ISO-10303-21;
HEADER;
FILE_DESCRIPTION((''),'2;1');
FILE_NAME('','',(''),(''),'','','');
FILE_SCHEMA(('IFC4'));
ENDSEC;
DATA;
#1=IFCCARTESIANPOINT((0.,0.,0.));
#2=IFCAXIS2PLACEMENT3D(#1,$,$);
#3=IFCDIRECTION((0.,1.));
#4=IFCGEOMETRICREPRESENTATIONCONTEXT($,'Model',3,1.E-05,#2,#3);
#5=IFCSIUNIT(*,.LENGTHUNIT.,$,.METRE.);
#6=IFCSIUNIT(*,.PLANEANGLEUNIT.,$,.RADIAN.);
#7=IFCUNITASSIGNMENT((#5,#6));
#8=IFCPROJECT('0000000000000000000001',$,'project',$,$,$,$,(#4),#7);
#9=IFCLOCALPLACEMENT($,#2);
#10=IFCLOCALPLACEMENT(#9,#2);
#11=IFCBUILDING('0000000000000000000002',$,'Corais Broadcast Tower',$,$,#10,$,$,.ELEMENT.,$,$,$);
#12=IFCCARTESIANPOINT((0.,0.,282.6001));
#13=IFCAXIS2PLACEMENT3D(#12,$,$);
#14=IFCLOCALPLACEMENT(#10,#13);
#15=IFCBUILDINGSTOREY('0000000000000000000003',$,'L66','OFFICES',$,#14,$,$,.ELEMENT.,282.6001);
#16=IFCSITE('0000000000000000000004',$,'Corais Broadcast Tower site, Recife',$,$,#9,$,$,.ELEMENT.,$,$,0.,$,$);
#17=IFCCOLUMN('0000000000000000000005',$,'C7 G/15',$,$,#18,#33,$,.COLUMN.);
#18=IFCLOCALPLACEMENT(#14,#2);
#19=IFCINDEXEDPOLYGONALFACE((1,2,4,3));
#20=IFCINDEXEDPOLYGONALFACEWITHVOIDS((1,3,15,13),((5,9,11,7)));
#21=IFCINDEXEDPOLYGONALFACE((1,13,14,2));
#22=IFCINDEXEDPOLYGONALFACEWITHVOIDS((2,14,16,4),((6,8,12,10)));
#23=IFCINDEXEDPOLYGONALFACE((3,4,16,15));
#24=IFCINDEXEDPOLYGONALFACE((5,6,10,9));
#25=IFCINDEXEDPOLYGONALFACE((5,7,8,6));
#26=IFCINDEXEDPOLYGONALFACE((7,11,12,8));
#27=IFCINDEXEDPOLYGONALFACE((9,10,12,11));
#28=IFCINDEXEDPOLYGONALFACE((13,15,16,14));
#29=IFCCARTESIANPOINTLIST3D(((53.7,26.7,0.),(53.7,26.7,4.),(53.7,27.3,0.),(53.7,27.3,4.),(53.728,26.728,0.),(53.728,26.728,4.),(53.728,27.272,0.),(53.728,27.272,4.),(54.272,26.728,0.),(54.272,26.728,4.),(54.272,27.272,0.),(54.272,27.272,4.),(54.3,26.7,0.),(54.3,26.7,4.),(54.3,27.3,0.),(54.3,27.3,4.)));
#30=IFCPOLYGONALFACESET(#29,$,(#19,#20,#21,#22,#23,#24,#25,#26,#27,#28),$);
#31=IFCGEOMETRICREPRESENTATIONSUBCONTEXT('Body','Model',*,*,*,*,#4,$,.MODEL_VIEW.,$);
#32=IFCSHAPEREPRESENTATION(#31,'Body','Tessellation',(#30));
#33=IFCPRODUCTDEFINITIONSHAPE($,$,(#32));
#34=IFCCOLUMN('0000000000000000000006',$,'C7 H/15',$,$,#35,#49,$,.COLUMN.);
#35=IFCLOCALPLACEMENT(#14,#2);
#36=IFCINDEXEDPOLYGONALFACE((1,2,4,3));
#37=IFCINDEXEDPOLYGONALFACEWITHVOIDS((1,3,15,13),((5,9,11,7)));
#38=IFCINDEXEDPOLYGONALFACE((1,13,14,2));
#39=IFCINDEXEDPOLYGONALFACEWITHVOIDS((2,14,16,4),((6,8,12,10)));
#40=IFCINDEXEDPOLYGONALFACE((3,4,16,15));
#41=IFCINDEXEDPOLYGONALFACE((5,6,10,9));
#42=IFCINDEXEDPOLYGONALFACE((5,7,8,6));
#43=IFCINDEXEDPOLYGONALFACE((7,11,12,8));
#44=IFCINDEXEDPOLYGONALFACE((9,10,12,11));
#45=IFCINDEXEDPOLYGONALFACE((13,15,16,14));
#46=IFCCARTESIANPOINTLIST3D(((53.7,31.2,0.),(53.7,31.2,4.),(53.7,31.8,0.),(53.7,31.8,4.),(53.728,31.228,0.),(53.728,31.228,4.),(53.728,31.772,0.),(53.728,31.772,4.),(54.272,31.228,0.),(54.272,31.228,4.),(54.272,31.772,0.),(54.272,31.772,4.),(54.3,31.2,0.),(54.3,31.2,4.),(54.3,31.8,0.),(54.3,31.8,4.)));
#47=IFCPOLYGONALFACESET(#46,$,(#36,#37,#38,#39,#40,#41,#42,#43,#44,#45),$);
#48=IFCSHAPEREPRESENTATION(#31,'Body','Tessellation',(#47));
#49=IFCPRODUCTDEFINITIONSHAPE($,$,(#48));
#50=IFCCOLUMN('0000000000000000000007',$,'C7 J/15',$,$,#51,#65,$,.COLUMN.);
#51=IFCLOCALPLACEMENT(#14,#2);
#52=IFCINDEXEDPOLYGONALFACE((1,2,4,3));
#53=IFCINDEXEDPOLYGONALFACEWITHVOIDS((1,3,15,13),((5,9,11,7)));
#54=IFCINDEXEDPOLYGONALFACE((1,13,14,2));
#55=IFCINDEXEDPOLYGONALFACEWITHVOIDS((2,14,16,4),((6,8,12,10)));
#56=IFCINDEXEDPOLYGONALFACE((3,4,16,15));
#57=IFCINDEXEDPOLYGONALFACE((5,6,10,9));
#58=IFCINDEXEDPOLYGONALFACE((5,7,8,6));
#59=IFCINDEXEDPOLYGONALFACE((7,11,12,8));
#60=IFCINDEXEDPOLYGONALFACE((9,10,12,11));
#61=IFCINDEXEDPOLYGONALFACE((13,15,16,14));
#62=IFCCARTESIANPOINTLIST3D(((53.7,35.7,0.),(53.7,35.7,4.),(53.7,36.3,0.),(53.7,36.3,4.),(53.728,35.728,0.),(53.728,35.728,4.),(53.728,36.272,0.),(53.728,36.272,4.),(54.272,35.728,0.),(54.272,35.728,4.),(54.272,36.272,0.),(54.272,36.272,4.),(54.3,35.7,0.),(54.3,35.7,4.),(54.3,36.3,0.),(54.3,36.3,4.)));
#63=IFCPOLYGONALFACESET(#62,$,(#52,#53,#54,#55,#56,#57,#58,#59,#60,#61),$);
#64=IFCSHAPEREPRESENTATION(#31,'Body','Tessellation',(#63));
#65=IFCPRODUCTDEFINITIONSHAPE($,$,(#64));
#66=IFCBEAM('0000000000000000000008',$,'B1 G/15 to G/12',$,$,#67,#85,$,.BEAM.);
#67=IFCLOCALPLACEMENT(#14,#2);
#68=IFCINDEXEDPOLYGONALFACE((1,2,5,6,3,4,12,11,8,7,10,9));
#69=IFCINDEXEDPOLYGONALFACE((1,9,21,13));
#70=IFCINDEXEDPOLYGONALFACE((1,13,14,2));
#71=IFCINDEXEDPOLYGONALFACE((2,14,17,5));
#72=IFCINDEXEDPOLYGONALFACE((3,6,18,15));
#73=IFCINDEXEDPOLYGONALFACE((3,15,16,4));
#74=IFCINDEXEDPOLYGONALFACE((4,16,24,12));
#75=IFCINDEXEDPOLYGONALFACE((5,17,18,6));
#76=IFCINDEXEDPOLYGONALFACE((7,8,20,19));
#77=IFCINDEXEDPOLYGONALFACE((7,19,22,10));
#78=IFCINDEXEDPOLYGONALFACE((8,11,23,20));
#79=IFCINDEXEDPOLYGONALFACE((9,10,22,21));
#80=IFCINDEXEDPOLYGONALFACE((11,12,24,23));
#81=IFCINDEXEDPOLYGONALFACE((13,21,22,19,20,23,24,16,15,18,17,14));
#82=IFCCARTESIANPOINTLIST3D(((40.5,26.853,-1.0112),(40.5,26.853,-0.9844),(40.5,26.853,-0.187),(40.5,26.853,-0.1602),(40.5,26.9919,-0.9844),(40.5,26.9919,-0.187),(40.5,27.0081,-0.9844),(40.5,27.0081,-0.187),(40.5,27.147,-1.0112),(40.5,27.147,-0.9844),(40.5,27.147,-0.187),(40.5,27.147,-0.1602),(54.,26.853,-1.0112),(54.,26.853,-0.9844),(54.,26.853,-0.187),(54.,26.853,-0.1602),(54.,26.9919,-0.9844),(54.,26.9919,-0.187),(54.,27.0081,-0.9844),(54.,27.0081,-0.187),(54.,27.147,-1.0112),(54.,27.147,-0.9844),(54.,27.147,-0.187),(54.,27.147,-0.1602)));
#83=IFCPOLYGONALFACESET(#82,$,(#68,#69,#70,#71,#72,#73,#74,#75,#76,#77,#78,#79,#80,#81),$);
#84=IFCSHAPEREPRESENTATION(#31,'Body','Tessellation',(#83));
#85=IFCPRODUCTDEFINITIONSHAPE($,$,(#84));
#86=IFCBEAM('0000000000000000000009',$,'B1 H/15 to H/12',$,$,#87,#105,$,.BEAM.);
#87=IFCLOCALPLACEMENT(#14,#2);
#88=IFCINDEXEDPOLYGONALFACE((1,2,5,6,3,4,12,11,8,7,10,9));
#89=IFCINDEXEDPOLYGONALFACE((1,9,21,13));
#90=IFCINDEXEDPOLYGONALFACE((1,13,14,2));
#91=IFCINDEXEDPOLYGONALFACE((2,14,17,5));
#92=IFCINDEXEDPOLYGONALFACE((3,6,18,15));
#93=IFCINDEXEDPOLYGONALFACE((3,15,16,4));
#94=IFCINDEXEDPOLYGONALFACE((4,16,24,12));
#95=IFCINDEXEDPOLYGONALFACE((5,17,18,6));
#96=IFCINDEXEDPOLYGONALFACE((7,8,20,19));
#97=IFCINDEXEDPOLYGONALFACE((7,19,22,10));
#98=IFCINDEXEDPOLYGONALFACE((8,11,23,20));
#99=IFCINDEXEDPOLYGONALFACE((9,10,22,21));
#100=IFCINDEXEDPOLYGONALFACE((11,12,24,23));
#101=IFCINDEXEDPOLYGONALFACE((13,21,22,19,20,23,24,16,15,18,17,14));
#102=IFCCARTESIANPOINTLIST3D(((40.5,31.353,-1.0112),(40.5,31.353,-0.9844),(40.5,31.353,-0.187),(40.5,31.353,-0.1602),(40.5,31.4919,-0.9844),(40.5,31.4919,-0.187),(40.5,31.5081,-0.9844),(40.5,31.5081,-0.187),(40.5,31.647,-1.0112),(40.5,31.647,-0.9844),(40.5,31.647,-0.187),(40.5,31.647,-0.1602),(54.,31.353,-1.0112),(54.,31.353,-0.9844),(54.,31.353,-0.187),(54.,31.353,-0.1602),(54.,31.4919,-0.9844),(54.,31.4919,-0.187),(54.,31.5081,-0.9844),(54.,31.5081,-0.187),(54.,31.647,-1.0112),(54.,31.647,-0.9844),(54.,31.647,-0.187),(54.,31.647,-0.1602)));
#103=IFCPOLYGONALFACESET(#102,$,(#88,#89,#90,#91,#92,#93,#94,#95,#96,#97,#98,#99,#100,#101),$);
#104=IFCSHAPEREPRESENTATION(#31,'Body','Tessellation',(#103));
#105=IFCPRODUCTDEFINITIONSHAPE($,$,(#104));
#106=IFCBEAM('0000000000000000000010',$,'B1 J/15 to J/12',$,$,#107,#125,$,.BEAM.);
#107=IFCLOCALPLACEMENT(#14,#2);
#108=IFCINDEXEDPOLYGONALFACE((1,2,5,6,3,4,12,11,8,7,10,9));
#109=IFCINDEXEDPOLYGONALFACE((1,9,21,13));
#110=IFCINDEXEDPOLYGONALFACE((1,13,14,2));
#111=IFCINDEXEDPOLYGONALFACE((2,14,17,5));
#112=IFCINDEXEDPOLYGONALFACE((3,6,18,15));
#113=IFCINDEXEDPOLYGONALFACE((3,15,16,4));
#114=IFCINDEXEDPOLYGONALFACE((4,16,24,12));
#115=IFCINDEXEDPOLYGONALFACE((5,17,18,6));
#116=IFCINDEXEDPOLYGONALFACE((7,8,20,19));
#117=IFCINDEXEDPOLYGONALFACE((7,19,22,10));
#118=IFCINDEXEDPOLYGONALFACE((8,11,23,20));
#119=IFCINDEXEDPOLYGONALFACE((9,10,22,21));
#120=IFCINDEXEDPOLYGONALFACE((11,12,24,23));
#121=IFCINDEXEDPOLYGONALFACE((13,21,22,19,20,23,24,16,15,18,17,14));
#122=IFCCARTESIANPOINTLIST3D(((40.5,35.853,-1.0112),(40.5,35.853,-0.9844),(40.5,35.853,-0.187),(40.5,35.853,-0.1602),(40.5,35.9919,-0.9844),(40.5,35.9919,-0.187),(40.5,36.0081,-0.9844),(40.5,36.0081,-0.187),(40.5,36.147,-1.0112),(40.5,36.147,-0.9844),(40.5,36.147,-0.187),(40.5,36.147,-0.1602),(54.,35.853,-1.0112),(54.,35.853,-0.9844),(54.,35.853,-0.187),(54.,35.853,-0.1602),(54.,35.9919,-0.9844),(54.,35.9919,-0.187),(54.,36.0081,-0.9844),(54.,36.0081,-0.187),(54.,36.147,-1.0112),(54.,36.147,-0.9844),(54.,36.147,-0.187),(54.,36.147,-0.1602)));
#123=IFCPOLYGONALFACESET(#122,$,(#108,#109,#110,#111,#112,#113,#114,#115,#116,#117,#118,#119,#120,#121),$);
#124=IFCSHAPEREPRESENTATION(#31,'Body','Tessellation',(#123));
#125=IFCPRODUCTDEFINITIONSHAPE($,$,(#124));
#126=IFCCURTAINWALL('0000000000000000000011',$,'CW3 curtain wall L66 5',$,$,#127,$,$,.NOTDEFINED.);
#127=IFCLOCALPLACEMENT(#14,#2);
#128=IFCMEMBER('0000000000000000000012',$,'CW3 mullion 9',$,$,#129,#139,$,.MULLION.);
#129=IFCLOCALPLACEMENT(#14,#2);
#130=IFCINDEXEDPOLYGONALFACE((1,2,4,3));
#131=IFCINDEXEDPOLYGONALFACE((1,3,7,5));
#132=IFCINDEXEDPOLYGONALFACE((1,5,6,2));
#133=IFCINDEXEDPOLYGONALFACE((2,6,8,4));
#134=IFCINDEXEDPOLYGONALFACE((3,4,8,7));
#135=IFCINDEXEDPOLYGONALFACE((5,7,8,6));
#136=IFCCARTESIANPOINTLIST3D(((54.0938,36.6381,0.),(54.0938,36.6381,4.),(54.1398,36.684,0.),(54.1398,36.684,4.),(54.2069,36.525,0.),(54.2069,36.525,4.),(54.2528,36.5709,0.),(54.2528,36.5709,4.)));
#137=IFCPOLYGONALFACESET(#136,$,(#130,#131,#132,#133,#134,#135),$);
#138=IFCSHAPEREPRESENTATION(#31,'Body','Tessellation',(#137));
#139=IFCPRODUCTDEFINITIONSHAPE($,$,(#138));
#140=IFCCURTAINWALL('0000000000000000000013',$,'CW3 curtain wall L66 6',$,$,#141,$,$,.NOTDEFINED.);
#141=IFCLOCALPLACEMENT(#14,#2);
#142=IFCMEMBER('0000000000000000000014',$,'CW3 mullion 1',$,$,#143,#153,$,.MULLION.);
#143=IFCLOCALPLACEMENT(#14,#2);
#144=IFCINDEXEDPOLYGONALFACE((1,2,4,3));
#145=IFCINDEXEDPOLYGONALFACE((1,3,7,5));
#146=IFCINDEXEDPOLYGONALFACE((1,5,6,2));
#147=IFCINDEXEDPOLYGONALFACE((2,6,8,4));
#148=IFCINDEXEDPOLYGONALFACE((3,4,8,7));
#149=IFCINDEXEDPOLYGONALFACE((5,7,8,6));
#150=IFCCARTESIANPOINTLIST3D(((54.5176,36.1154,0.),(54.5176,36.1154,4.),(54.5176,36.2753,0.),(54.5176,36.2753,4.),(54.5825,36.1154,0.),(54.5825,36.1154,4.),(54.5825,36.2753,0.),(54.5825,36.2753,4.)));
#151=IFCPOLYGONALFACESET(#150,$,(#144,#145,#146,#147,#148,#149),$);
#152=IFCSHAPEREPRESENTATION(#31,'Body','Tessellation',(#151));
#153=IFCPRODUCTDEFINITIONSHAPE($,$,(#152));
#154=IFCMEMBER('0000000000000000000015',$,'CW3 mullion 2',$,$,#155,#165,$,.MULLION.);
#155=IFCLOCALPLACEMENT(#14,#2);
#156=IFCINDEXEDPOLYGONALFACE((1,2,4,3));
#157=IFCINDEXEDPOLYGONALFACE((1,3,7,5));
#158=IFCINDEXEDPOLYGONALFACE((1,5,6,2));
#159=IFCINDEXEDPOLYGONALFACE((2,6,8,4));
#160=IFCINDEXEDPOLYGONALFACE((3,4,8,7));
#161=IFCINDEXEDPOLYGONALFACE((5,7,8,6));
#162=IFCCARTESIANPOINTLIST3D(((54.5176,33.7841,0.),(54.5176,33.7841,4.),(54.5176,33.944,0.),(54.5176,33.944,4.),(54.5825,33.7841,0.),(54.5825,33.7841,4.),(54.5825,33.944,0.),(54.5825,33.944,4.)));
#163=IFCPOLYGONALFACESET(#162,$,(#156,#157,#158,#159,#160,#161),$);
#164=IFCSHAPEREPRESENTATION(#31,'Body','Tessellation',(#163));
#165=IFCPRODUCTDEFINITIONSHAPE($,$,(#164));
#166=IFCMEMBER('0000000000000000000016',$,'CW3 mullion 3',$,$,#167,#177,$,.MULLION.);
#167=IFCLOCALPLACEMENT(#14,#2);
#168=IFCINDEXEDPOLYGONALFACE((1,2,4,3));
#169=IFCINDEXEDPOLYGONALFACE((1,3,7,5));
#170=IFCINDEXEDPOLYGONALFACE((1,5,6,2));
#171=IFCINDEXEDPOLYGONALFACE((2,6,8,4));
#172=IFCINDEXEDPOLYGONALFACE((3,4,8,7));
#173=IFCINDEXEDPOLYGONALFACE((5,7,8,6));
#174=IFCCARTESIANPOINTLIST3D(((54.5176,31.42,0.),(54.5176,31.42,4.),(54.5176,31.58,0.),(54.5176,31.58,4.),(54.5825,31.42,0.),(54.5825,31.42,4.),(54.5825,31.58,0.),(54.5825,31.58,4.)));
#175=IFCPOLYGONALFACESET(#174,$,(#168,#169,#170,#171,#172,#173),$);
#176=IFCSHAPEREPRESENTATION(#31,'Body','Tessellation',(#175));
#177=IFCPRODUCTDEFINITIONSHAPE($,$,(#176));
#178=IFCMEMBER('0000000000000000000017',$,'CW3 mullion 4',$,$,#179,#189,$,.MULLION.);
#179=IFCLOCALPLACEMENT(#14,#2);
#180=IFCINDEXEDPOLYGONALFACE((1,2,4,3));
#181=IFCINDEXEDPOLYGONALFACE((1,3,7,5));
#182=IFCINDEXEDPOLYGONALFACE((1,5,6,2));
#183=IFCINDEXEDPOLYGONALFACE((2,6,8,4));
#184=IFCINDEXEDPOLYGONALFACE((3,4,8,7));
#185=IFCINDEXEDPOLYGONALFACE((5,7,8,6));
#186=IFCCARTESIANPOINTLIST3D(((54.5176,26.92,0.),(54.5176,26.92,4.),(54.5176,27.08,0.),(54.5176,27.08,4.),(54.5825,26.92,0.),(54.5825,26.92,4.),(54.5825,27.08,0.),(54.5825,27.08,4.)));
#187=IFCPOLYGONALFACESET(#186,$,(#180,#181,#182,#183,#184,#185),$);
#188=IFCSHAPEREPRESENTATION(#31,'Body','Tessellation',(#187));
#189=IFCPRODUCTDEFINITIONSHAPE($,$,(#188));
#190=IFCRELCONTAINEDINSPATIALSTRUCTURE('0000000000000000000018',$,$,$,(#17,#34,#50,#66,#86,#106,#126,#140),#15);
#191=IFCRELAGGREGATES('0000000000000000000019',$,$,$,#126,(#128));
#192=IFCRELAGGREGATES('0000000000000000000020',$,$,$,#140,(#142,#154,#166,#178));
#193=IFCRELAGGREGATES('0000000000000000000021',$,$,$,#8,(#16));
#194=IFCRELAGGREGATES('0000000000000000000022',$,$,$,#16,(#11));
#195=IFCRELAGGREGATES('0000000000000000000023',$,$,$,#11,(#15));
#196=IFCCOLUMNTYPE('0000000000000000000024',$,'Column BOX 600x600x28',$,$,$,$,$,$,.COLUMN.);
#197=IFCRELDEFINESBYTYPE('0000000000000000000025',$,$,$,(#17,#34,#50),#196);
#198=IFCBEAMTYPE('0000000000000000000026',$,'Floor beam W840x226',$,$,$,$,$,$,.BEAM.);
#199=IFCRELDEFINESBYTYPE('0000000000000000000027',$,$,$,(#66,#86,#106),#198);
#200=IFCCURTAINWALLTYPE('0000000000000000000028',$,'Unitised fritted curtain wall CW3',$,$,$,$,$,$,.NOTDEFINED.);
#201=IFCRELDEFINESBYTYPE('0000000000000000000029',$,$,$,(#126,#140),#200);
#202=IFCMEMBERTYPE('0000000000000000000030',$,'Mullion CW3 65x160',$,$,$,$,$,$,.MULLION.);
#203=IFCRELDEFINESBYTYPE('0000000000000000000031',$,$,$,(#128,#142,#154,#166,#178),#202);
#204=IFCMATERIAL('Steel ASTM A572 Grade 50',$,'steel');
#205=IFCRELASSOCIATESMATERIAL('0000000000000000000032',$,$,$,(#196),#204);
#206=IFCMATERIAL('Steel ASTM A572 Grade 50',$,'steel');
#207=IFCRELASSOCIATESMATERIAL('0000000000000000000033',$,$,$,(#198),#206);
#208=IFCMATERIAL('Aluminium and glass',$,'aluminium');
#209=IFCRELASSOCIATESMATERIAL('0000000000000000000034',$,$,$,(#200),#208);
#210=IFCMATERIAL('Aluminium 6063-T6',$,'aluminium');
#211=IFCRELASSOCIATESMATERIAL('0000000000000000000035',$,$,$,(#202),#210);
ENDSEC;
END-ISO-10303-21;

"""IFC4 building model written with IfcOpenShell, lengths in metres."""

from ifc_helpers import new_model, si_unit, direction, frame, origin, origin_2d, place, context, subcontext, project, spatial, rectangle, hollow_rectangle, i_section, extrude, material, material_profile, profile_set, type_object, element, aggregate, save


model = new_model("IFC4")

# Units and contexts
model_context = context("Model", 3, precision=1e-05, world=origin(), true_north=direction((0.0, 1.0)))
body_context = subcontext(model_context, "Body", "Model", "MODEL_VIEW")
ifc_project = project(units=[si_unit("LENGTHUNIT", "METRE"), si_unit("PLANEANGLEUNIT", "RADIAN")], contexts=[model_context])

# Site, building, storey
site_placement = place(None, origin())
site = spatial("IfcSite", under=ifc_project, at=site_placement, Name="Corais Broadcast Tower site, Recife", CompositionType="ELEMENT", RefElevation=0.0)
building_placement = place(site_placement, origin())
building = spatial("IfcBuilding", under=site, at=building_placement, Name="Corais Broadcast Tower", CompositionType="ELEMENT")
storey_placement = place(building_placement, frame((0.0, 0.0, 282.6001)))
storey = spatial("IfcBuildingStorey", under=building, at=storey_placement, Name="L66", Description="OFFICES", CompositionType="ELEMENT", Elevation=282.6001)

# Columns
ifc_material_1 = material(Name="Steel ASTM A572 Grade 50", Category="steel")
ifc_material_profile_1 = material_profile(ifc_material_1, hollow_rectangle(XDim=0.6001, YDim=0.6001, WallThickness=0.0281, at=origin_2d()), Name="BOX 600x600x28")
ifc_profile_set_1 = profile_set([ifc_material_profile_1], Name="Steel ASTM A572 Grade 50")
column_type = type_object("IfcColumnType", Name="Column BOX 600x600x28", PredefinedType="COLUMN", material=ifc_profile_set_1)
for number, where, z_axis, x_axis, name in (
    (1, (54.0, 27.0, 0.0), (0.0, 0.0, 1.0), (1.0, 0.0, 0.0), "C7 G/15"),
    (2, (54.0, 31.5, 0.0), (0.0, 0.0, 1.0), (1.0, 0.0, 0.0), "C7 H/15"),
    (3, (54.0, 36.0, 0.0), (0.0, 0.0, 1.0), (1.0, 0.0, 0.0), "C7 J/15"),
):
    element("IfcColumn", number, at=place(storey_placement, frame(where, z_axis=z_axis, x_axis=x_axis)), inside=storey, type_object=column_type, Name=name, PredefinedType="COLUMN", context=body_context, shape_type="SweptSolid", body=[
        extrude(hollow_rectangle(XDim=0.6001, YDim=0.6001, WallThickness=0.0281, at=origin_2d()), origin(), (0.0, 0.0, 1.0), 4.0),
    ])

# Beams
ifc_material_2 = material(Name="Steel ASTM A572 Grade 50", Category="steel")
ifc_material_profile_2 = material_profile(ifc_material_2, i_section(OverallWidth=0.2939, OverallDepth=0.8511, WebThickness=0.0161, FlangeThickness=0.0269, at=origin_2d()), Name="W840x226")
ifc_profile_set_2 = profile_set([ifc_material_profile_2], Name="Steel ASTM A572 Grade 50")
beam_type_1 = type_object("IfcBeamType", Name="Floor beam W840x226", PredefinedType="BEAM", material=ifc_profile_set_2)
for number, where, z_axis, x_axis, name in (
    (4, (54.0, 27.0, -0.5857), (-1.0, 0.0, 0.0), (0.0, -1.0, 0.0), "B1 G/15 to G/12"),
    (5, (54.0, 31.5, -0.5857), (-1.0, 0.0, 0.0), (0.0, -1.0, 0.0), "B1 H/15 to H/12"),
    (6, (54.0, 36.0, -0.5857), (-1.0, 0.0, 0.0), (0.0, -1.0, 0.0), "B1 J/15 to J/12"),
):
    element("IfcBeam", number, at=place(storey_placement, frame(where, z_axis=z_axis, x_axis=x_axis)), inside=storey, type_object=beam_type_1, Name=name, PredefinedType="BEAM", context=body_context, shape_type="SweptSolid", body=[
        extrude(i_section(OverallWidth=0.2939, OverallDepth=0.8511, WebThickness=0.0161, FlangeThickness=0.0269, at=origin_2d()), origin(), (0.0, 0.0, 1.0), 13.5),
    ])

# Curtain wall, member
ifc_material_3 = material(Name="Aluminium and glass", Category="aluminium")
curtain_wall_type = type_object("IfcCurtainWallType", Name="Unitised fritted curtain wall CW3", PredefinedType="NOTDEFINED", material=ifc_material_3)
curtain_wall_1_placement = place(storey_placement, origin())
curtain_wall_1 = element("IfcCurtainWall", 7, at=curtain_wall_1_placement, inside=storey, type_object=curtain_wall_type, Name="CW3 curtain wall L66 5", PredefinedType="NOTDEFINED")
ifc_material_4 = material(Name="Aluminium 6063-T6", Category="aluminium")
ifc_material_profile_3 = material_profile(ifc_material_4, rectangle(XDim=0.0649, YDim=0.1599, at=origin_2d()), Name="Mullion CW3 65x160")
ifc_profile_set_3 = profile_set([ifc_material_profile_3], Name="Aluminium 6063-T6")
member_type_1 = type_object("IfcMemberType", Name="Mullion CW3 65x160", PredefinedType="MULLION", material=ifc_profile_set_3)
member_1_placement = place(storey_placement, frame((54.1733, 36.6045, 0.0), z_axis=(0.0, 0.0, 1.0), x_axis=(0.707107, 0.707107, 0.0)))
member_1 = element("IfcMember", 8, at=member_1_placement, type_object=member_type_1, Name="CW3 mullion 9", PredefinedType="MULLION", context=body_context, shape_type="SweptSolid", body=[
    extrude(rectangle(XDim=0.0649, YDim=0.1599, at=origin_2d()), origin(), (0.0, 0.0, 1.0), 4.0),
])

# Curtain wall, members
curtain_wall_2_placement = place(storey_placement, origin())
curtain_wall_2 = element("IfcCurtainWall", 9, at=curtain_wall_2_placement, inside=storey, type_object=curtain_wall_type, Name="CW3 curtain wall L66 6", PredefinedType="NOTDEFINED")
member_2_placement = place(storey_placement, frame((54.55, 36.1953, 0.0), z_axis=(0.0, 0.0, 1.0), x_axis=(1.0, 0.0, 0.0)))
member_2 = element("IfcMember", 10, at=member_2_placement, type_object=member_type_1, Name="CW3 mullion 1", PredefinedType="MULLION", context=body_context, shape_type="SweptSolid", body=[
    extrude(rectangle(XDim=0.0649, YDim=0.1599, at=origin_2d()), origin(), (0.0, 0.0, 1.0), 4.0),
])
member_3_placement = place(storey_placement, frame((54.55, 33.864, 0.0), z_axis=(0.0, 0.0, 1.0), x_axis=(1.0, 0.0, 0.0)))
member_3 = element("IfcMember", 11, at=member_3_placement, type_object=member_type_1, Name="CW3 mullion 2", PredefinedType="MULLION", context=body_context, shape_type="SweptSolid", body=[
    extrude(rectangle(XDim=0.0649, YDim=0.1599, at=origin_2d()), origin(), (0.0, 0.0, 1.0), 4.0),
])
member_4_placement = place(storey_placement, frame((54.55, 31.5, 0.0), z_axis=(0.0, 0.0, 1.0), x_axis=(1.0, 0.0, 0.0)))
member_4 = element("IfcMember", 12, at=member_4_placement, type_object=member_type_1, Name="CW3 mullion 3", PredefinedType="MULLION", context=body_context, shape_type="SweptSolid", body=[
    extrude(rectangle(XDim=0.0649, YDim=0.1599, at=origin_2d()), origin(), (0.0, 0.0, 1.0), 4.0),
])
member_5_placement = place(storey_placement, frame((54.55, 27.0, 0.0), z_axis=(0.0, 0.0, 1.0), x_axis=(1.0, 0.0, 0.0)))
member_5 = element("IfcMember", 13, at=member_5_placement, type_object=member_type_1, Name="CW3 mullion 4", PredefinedType="MULLION", context=body_context, shape_type="SweptSolid", body=[
    extrude(rectangle(XDim=0.0649, YDim=0.1599, at=origin_2d()), origin(), (0.0, 0.0, 1.0), 4.0),
])

aggregate(curtain_wall_1, [member_1])
aggregate(curtain_wall_2, [member_2, member_3, member_4, member_5])

save(model, "model.ifc")
